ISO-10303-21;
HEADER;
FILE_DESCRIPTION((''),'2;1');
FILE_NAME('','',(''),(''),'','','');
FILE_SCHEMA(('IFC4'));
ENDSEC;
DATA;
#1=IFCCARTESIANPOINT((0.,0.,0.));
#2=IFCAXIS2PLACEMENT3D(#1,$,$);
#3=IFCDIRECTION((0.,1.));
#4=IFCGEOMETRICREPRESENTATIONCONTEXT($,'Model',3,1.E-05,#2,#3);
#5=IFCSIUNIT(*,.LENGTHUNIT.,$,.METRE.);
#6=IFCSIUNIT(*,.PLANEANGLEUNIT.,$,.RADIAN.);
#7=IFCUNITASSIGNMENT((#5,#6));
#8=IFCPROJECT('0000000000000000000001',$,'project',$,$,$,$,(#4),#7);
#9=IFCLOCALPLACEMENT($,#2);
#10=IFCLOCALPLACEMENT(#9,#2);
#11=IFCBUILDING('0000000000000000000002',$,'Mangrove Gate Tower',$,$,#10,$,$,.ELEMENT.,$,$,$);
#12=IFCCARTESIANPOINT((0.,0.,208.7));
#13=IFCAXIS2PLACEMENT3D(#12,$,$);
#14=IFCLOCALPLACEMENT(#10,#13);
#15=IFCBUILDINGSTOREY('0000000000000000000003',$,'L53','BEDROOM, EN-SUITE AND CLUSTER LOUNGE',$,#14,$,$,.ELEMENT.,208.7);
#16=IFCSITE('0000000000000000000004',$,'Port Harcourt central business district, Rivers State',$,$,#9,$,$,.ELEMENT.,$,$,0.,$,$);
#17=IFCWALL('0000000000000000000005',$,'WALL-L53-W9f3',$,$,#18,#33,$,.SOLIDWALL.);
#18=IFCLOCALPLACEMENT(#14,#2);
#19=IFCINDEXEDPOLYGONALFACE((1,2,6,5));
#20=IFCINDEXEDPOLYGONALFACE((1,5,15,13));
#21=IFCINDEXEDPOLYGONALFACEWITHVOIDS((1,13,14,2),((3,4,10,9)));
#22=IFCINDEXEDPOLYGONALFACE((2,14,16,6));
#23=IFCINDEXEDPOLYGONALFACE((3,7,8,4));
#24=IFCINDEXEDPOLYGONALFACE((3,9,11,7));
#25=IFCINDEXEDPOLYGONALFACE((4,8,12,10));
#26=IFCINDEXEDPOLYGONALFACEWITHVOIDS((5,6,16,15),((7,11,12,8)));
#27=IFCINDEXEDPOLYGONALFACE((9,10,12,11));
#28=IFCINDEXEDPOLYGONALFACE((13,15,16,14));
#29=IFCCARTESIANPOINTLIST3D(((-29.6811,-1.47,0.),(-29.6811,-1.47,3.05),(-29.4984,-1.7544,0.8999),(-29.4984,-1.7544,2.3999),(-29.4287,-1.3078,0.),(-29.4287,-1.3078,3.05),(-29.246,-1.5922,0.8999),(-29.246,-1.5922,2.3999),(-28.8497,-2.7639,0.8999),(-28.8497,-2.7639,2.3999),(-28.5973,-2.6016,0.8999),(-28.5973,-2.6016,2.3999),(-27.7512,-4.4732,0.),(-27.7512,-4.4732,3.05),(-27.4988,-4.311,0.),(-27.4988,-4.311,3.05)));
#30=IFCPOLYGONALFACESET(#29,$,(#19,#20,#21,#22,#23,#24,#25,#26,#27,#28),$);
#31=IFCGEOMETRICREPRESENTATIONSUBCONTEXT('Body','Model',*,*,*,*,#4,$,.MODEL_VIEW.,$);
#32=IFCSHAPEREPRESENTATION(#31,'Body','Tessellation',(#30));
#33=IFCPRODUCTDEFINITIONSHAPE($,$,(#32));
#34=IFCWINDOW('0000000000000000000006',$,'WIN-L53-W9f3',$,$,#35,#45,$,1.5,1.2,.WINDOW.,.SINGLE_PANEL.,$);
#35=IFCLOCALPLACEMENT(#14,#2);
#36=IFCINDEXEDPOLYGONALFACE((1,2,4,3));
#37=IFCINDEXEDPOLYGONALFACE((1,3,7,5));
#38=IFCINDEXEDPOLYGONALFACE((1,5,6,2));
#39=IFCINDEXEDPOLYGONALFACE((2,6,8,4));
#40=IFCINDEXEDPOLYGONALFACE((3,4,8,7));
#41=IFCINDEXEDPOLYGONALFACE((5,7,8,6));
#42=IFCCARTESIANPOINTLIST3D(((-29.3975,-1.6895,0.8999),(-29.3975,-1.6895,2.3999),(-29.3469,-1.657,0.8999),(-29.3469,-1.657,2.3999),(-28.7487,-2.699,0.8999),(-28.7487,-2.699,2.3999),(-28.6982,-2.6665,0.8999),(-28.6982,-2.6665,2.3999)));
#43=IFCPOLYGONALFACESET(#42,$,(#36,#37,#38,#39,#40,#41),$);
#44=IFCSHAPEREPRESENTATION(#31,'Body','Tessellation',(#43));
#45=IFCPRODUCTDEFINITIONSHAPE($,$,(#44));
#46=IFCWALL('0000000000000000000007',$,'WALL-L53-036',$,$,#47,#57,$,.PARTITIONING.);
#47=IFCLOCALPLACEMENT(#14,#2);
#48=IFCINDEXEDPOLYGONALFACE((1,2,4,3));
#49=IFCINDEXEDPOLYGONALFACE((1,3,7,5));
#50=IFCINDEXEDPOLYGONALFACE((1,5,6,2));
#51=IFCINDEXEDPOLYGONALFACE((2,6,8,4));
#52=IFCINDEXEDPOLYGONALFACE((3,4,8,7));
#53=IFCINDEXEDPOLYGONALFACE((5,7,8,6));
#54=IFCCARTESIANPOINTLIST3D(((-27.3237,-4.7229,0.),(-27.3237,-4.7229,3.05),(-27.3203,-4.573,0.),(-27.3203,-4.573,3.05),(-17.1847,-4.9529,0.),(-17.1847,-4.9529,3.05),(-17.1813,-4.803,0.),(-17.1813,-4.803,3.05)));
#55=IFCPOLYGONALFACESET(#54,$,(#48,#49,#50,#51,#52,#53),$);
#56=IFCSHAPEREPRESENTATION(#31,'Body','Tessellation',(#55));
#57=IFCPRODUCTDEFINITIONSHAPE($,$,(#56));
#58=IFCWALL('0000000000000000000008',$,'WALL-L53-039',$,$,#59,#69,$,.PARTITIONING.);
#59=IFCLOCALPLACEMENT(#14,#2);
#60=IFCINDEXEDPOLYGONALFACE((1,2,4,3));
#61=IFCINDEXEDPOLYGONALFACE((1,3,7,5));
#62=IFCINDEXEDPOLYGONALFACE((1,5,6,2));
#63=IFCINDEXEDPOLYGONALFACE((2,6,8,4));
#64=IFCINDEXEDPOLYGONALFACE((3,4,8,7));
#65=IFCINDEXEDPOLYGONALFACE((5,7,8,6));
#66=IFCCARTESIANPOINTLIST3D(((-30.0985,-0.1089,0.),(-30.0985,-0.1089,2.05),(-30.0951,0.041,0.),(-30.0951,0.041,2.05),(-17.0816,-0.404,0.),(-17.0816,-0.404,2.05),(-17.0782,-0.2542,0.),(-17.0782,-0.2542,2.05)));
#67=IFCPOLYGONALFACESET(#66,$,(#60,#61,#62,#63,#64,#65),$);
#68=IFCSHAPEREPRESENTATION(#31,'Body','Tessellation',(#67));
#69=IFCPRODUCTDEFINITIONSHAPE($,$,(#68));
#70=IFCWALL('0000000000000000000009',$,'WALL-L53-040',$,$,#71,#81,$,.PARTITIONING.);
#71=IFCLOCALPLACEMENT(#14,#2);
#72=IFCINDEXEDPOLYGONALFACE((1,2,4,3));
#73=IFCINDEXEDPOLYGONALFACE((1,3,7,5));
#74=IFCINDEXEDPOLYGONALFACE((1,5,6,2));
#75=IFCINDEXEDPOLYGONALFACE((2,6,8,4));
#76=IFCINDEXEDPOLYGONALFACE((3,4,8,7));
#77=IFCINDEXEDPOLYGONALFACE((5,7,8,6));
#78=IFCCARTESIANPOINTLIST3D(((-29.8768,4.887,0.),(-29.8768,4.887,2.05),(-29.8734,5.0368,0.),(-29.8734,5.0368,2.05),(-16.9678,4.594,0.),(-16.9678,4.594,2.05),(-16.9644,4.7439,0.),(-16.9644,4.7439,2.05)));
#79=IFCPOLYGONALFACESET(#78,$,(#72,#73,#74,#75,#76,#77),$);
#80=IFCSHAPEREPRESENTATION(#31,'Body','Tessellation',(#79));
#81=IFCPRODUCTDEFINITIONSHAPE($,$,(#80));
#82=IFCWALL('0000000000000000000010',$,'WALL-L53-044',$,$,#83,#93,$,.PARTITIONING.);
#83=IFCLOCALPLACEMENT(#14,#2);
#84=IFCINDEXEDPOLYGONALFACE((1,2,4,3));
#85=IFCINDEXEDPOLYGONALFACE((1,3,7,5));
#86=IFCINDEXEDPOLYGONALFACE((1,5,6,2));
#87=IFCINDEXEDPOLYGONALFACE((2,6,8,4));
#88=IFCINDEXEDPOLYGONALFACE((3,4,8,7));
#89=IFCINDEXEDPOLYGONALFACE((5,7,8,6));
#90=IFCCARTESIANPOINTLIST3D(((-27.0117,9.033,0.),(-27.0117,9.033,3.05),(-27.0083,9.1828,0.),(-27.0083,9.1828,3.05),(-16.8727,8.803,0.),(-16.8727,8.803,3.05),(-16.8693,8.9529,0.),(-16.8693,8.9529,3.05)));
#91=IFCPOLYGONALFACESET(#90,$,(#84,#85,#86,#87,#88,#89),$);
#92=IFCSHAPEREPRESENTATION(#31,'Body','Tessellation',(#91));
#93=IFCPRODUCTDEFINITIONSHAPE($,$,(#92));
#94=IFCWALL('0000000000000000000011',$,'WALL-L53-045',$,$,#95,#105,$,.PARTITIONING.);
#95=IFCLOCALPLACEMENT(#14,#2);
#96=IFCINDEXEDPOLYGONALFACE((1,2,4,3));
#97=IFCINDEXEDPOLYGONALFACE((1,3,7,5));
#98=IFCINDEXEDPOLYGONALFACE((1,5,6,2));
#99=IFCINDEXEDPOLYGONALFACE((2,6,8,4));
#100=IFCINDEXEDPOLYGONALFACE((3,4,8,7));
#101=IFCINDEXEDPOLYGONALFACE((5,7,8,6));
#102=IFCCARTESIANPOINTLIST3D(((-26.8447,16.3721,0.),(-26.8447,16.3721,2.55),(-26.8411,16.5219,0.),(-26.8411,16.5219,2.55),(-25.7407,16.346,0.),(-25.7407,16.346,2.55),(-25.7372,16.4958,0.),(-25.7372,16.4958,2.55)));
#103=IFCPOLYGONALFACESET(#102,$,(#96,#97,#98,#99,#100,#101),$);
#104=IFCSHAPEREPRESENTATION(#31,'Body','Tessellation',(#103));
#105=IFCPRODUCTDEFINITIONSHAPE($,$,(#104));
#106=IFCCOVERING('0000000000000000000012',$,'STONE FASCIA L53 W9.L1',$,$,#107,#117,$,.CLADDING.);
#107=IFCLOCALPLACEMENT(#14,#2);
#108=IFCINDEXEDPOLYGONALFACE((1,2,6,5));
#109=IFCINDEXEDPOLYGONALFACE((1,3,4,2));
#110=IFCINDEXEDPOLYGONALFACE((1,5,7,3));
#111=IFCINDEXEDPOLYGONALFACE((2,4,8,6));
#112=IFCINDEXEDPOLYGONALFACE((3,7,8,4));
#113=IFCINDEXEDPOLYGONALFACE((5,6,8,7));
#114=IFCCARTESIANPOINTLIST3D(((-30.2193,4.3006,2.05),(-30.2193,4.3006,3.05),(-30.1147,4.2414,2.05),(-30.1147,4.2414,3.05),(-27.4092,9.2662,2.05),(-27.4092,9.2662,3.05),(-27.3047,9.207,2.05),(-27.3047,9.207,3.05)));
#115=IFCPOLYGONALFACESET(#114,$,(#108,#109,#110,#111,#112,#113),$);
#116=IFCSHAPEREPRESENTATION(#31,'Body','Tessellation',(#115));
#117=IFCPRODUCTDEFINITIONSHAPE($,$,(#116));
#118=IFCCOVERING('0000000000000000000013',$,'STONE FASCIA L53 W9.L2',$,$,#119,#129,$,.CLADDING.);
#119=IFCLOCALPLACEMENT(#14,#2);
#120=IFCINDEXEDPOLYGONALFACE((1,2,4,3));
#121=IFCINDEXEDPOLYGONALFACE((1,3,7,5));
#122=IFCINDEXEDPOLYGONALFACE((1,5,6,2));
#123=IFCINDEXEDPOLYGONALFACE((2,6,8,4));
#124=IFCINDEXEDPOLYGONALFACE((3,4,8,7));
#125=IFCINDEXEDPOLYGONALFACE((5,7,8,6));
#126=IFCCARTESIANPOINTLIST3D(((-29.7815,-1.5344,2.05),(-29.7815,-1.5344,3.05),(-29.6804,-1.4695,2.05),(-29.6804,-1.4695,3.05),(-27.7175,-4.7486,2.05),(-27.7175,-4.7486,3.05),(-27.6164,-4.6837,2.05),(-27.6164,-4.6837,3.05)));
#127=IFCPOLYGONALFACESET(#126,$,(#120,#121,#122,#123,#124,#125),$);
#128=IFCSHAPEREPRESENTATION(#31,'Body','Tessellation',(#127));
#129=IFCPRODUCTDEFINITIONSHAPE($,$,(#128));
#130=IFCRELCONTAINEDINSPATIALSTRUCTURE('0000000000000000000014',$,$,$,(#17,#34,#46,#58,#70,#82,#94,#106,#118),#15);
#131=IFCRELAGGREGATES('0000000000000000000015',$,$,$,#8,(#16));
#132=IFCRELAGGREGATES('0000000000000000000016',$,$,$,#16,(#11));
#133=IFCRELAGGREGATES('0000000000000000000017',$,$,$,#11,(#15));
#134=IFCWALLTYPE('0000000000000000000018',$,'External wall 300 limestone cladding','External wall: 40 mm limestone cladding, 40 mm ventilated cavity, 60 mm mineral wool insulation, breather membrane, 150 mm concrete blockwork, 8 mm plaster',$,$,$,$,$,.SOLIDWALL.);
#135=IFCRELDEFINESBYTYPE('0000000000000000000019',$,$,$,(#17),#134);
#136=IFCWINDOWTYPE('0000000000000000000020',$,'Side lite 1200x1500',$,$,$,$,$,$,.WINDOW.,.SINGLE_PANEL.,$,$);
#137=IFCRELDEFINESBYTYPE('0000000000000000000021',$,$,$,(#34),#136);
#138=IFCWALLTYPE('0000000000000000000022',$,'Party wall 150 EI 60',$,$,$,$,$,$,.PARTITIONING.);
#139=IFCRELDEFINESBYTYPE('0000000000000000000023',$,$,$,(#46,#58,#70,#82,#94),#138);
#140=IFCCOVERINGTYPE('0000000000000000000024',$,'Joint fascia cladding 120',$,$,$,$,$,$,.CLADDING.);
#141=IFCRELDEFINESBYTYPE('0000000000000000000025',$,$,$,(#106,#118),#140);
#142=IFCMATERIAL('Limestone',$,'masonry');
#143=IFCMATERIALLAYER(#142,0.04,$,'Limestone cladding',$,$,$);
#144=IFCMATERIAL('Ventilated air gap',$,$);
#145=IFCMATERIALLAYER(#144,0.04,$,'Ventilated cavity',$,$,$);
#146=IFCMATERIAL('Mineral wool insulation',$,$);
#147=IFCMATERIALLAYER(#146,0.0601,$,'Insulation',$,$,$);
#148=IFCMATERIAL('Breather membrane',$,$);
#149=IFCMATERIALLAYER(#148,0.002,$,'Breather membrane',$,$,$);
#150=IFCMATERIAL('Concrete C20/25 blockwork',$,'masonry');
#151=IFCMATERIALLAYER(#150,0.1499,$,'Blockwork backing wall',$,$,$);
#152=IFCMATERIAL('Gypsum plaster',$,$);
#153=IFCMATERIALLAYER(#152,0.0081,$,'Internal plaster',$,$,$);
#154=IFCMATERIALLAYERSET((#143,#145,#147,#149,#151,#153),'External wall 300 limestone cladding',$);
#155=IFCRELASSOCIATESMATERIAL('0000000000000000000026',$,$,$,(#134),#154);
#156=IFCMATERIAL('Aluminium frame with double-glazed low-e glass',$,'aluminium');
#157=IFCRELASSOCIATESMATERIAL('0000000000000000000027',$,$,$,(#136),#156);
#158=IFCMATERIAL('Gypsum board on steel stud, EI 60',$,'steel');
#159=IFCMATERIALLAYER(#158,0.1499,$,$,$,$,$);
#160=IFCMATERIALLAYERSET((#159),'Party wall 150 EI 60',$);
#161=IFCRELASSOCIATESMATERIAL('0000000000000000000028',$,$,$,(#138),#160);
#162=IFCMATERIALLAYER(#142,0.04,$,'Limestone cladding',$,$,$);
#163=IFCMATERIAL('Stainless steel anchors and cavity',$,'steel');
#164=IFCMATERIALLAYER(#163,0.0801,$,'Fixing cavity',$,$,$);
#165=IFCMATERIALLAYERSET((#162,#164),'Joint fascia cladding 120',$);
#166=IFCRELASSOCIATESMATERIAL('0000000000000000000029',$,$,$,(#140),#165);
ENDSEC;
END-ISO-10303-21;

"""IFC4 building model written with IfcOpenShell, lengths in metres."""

from ifc_helpers import new_model, si_unit, direction, frame, frame_2d, origin, place, context, subcontext, project, spatial, rectangle, extrude, material, layer, layer_set, type_object, element, fill, save


model = new_model("IFC4")

# Units and contexts
model_context = context("Model", 3, precision=1e-05, world=origin(), true_north=direction((0.0, 1.0)))
body_context = subcontext(model_context, "Body", "Model", "MODEL_VIEW")
ifc_project = project(units=[si_unit("LENGTHUNIT", "METRE"), si_unit("PLANEANGLEUNIT", "RADIAN")], contexts=[model_context])

# Site, building, storey
site_placement = place(None, origin())
site = spatial("IfcSite", under=ifc_project, at=site_placement, Name="Port Harcourt central business district, Rivers State", CompositionType="ELEMENT", RefElevation=0.0)
building_placement = place(site_placement, origin())
building = spatial("IfcBuilding", under=site, at=building_placement, Name="Mangrove Gate Tower", CompositionType="ELEMENT")
storey_placement = place(building_placement, frame((0.0, 0.0, 208.7)))
storey = spatial("IfcBuildingStorey", under=building, at=storey_placement, Name="L53", Description="BEDROOM, EN-SUITE AND CLUSTER LOUNGE", CompositionType="ELEMENT", Elevation=208.7)

# Wall, opening, window
ifc_material_1 = material(Name="Limestone", Category="masonry")
ifc_layer_1 = layer(ifc_material_1, 0.04, Name="Limestone cladding")
ifc_material_2 = material(Name="Ventilated air gap")
ifc_layer_2 = layer(ifc_material_2, 0.04, Name="Ventilated cavity")
ifc_material_3 = material(Name="Mineral wool insulation")
ifc_layer_3 = layer(ifc_material_3, 0.0601, Name="Insulation")
ifc_material_4 = material(Name="Breather membrane")
ifc_layer_4 = layer(ifc_material_4, 0.002, Name="Breather membrane")
ifc_material_5 = material(Name="Concrete C20/25 blockwork", Category="masonry")
ifc_layer_5 = layer(ifc_material_5, 0.1499, Name="Blockwork backing wall")
ifc_material_6 = material(Name="Gypsum plaster")
ifc_layer_6 = layer(ifc_material_6, 0.0081, Name="Internal plaster")
ifc_layer_set_1 = layer_set([ifc_layer_1, ifc_layer_2, ifc_layer_3, ifc_layer_4, ifc_layer_5, ifc_layer_6], Name="External wall 300 limestone cladding")
wall_type_1 = type_object("IfcWallType", Name="External wall 300 limestone cladding", Description="External wall: 40 mm limestone cladding, 40 mm ventilated cavity, 60 mm mineral wool insulation, breather membrane, 150 mm concrete blockwork, 8 mm plaster", PredefinedType="SOLIDWALL", material=ifc_layer_set_1)
ifc_material_7 = material(Name="Aluminium frame with double-glazed low-e glass", Category="aluminium")
window_type_1 = type_object("IfcWindowType", Name="Side lite 1200x1500", PartitioningType="SINGLE_PANEL", PredefinedType="WINDOW", material=ifc_material_7)
wall_1_placement = place(storey_placement, frame((-29.5549, -1.3889, 0.0), z_axis=(0.0, 0.0, 1.0), x_axis=(0.540623, -0.841265, 0.0)))
wall_1 = element("IfcWall", 1, at=wall_1_placement, inside=storey, type_object=wall_type_1, Name="WALL-L53-W9f3", PredefinedType="SOLIDWALL", context=body_context, shape_type="SweptSolid", body=[
    extrude(rectangle(XDim=3.5698, YDim=0.3, at=frame_2d((1.7849, 0.0))), origin(), (0.0, 0.0, 1.0), 3.05),
])
opening_1_placement = place(wall_1_placement, frame((0.3379, 0.0, 0.8999)))
opening_1 = element("IfcOpeningElement", 2, at=opening_1_placement, cuts=wall_1, PredefinedType="OPENING", context=body_context, shape_type="SweptSolid", body=[
    extrude(rectangle(XDim=1.2, YDim=1.5, at=frame_2d((0.6001, 0.75))), frame((0.0, 0.1599, 0.0), z_axis=(0.0, -1.0, 0.0), x_axis=(1.0, 0.0, 0.0)), (0.0, 0.0, 1.0), 0.3201),
])
window_1_placement = place(opening_1_placement, origin())
window_1 = element("IfcWindow", 3, at=window_1_placement, inside=storey, type_object=window_type_1, Name="WIN-L53-W9f3", OverallHeight=1.5, OverallWidth=1.2, PartitioningType="SINGLE_PANEL", PredefinedType="WINDOW", context=body_context, shape_type="SweptSolid", body=[
    extrude(rectangle(XDim=1.2, YDim=1.5, at=frame_2d((0.6001, 0.75))), frame((0.0, 0.03, 0.0), z_axis=(0.0, -1.0, 0.0), x_axis=(1.0, 0.0, 0.0)), (0.0, 0.0, 1.0), 0.0601),
])
fill(opening_1, window_1)

# Walls
ifc_material_8 = material(Name="Gypsum board on steel stud, EI 60", Category="steel")
ifc_layer_7 = layer(ifc_material_8, 0.1499)
ifc_layer_set_2 = layer_set([ifc_layer_7], Name="Party wall 150 EI 60")
wall_type_2 = type_object("IfcWallType", Name="Party wall 150 EI 60", PredefinedType="PARTITIONING", material=ifc_layer_set_2)
wall_2_placement = place(storey_placement, frame((-27.322, -4.6479, 0.0), z_axis=(0.0, 0.0, 1.0), x_axis=(0.999743, -0.022677, 0.0)))
element("IfcWall", 4, at=wall_2_placement, inside=storey, type_object=wall_type_2, Name="WALL-L53-036", PredefinedType="PARTITIONING", context=body_context, shape_type="SweptSolid", body=[
    extrude(rectangle(XDim=10.1416, YDim=0.1499, at=frame_2d((5.0708, 0.0))), origin(), (0.0, 0.0, 1.0), 3.05),
])
wall_3_placement = place(storey_placement, frame((-30.0969, -0.0339, 0.0), z_axis=(0.0, 0.0, 1.0), x_axis=(0.999743, -0.02267, 0.0)))
element("IfcWall", 5, at=wall_3_placement, inside=storey, type_object=wall_type_2, Name="WALL-L53-039", PredefinedType="PARTITIONING", context=body_context, shape_type="SweptSolid", body=[
    extrude(rectangle(XDim=13.0203, YDim=0.1499, at=frame_2d((6.5103, 0.0))), origin(), (0.0, 0.0, 1.0), 2.05),
])
wall_4_placement = place(storey_placement, frame((-29.875, 4.9619, 0.0), z_axis=(0.0, 0.0, 1.0), x_axis=(0.999743, -0.022689, 0.0)))
element("IfcWall", 6, at=wall_4_placement, inside=storey, type_object=wall_type_2, Name="WALL-L53-040", PredefinedType="PARTITIONING", context=body_context, shape_type="SweptSolid", body=[
    extrude(rectangle(XDim=12.9124, YDim=0.1499, at=frame_2d((6.4561, 0.0))), origin(), (0.0, 0.0, 1.0), 2.05),
])
wall_5_placement = place(storey_placement, frame((-27.01, 9.1079, 0.0), z_axis=(0.0, 0.0, 1.0), x_axis=(0.999743, -0.022677, 0.0)))
element("IfcWall", 7, at=wall_5_placement, inside=storey, type_object=wall_type_2, Name="WALL-L53-044", PredefinedType="PARTITIONING", context=body_context, shape_type="SweptSolid", body=[
    extrude(rectangle(XDim=10.1416, YDim=0.1499, at=frame_2d((5.0708, 0.0))), origin(), (0.0, 0.0, 1.0), 3.05),
])
wall_6_placement = place(storey_placement, frame((-26.843, 16.447, 0.0), z_axis=(0.0, 0.0, 1.0), x_axis=(0.99972, -0.023655, 0.0)))
element("IfcWall", 8, at=wall_6_placement, inside=storey, type_object=wall_type_2, Name="WALL-L53-045", PredefinedType="PARTITIONING", context=body_context, shape_type="SweptSolid", body=[
    extrude(rectangle(XDim=1.1042, YDim=0.1499, at=frame_2d((0.5522, 0.0))), origin(), (0.0, 0.0, 1.0), 2.55),
])

# Coverings
ifc_layer_8 = layer(ifc_material_1, 0.04, Name="Limestone cladding")
ifc_material_9 = material(Name="Stainless steel anchors and cavity", Category="steel")
ifc_layer_9 = layer(ifc_material_9, 0.0801, Name="Fixing cavity")
ifc_layer_set_3 = layer_set([ifc_layer_8, ifc_layer_9], Name="Joint fascia cladding 120")
covering_type = type_object("IfcCoveringType", Name="Joint fascia cladding 120", PredefinedType="CLADDING", material=ifc_layer_set_3)
covering_1_placement = place(storey_placement, frame((-27.3569, 9.2366, 2.05), z_axis=(0.0, 0.0, 1.0), x_axis=(-0.492513, -0.870305, 0.0)))
element("IfcCovering", 9, at=covering_1_placement, inside=storey, type_object=covering_type, Name="STONE FASCIA L53 W9.L1", PredefinedType="CLADDING", context=body_context, shape_type="SweptSolid", body=[
    extrude(rectangle(XDim=5.7056, YDim=0.1201, at=frame_2d((2.8528, 0.0))), origin(), (0.0, 0.0, 1.0), 1.0),
])
covering_2_placement = place(storey_placement, frame((-29.731, -1.502, 2.05), z_axis=(0.0, 0.0, 1.0), x_axis=(0.540341, -0.841446, 0.0)))
element("IfcCovering", 10, at=covering_2_placement, inside=storey, type_object=covering_type, Name="STONE FASCIA L53 W9.L2", PredefinedType="CLADDING", context=body_context, shape_type="SweptSolid", body=[
    extrude(rectangle(XDim=3.8198, YDim=0.1201, at=frame_2d((1.9099, 0.0))), origin(), (0.0, 0.0, 1.0), 1.0),
])

save(model, "model.ifc")
